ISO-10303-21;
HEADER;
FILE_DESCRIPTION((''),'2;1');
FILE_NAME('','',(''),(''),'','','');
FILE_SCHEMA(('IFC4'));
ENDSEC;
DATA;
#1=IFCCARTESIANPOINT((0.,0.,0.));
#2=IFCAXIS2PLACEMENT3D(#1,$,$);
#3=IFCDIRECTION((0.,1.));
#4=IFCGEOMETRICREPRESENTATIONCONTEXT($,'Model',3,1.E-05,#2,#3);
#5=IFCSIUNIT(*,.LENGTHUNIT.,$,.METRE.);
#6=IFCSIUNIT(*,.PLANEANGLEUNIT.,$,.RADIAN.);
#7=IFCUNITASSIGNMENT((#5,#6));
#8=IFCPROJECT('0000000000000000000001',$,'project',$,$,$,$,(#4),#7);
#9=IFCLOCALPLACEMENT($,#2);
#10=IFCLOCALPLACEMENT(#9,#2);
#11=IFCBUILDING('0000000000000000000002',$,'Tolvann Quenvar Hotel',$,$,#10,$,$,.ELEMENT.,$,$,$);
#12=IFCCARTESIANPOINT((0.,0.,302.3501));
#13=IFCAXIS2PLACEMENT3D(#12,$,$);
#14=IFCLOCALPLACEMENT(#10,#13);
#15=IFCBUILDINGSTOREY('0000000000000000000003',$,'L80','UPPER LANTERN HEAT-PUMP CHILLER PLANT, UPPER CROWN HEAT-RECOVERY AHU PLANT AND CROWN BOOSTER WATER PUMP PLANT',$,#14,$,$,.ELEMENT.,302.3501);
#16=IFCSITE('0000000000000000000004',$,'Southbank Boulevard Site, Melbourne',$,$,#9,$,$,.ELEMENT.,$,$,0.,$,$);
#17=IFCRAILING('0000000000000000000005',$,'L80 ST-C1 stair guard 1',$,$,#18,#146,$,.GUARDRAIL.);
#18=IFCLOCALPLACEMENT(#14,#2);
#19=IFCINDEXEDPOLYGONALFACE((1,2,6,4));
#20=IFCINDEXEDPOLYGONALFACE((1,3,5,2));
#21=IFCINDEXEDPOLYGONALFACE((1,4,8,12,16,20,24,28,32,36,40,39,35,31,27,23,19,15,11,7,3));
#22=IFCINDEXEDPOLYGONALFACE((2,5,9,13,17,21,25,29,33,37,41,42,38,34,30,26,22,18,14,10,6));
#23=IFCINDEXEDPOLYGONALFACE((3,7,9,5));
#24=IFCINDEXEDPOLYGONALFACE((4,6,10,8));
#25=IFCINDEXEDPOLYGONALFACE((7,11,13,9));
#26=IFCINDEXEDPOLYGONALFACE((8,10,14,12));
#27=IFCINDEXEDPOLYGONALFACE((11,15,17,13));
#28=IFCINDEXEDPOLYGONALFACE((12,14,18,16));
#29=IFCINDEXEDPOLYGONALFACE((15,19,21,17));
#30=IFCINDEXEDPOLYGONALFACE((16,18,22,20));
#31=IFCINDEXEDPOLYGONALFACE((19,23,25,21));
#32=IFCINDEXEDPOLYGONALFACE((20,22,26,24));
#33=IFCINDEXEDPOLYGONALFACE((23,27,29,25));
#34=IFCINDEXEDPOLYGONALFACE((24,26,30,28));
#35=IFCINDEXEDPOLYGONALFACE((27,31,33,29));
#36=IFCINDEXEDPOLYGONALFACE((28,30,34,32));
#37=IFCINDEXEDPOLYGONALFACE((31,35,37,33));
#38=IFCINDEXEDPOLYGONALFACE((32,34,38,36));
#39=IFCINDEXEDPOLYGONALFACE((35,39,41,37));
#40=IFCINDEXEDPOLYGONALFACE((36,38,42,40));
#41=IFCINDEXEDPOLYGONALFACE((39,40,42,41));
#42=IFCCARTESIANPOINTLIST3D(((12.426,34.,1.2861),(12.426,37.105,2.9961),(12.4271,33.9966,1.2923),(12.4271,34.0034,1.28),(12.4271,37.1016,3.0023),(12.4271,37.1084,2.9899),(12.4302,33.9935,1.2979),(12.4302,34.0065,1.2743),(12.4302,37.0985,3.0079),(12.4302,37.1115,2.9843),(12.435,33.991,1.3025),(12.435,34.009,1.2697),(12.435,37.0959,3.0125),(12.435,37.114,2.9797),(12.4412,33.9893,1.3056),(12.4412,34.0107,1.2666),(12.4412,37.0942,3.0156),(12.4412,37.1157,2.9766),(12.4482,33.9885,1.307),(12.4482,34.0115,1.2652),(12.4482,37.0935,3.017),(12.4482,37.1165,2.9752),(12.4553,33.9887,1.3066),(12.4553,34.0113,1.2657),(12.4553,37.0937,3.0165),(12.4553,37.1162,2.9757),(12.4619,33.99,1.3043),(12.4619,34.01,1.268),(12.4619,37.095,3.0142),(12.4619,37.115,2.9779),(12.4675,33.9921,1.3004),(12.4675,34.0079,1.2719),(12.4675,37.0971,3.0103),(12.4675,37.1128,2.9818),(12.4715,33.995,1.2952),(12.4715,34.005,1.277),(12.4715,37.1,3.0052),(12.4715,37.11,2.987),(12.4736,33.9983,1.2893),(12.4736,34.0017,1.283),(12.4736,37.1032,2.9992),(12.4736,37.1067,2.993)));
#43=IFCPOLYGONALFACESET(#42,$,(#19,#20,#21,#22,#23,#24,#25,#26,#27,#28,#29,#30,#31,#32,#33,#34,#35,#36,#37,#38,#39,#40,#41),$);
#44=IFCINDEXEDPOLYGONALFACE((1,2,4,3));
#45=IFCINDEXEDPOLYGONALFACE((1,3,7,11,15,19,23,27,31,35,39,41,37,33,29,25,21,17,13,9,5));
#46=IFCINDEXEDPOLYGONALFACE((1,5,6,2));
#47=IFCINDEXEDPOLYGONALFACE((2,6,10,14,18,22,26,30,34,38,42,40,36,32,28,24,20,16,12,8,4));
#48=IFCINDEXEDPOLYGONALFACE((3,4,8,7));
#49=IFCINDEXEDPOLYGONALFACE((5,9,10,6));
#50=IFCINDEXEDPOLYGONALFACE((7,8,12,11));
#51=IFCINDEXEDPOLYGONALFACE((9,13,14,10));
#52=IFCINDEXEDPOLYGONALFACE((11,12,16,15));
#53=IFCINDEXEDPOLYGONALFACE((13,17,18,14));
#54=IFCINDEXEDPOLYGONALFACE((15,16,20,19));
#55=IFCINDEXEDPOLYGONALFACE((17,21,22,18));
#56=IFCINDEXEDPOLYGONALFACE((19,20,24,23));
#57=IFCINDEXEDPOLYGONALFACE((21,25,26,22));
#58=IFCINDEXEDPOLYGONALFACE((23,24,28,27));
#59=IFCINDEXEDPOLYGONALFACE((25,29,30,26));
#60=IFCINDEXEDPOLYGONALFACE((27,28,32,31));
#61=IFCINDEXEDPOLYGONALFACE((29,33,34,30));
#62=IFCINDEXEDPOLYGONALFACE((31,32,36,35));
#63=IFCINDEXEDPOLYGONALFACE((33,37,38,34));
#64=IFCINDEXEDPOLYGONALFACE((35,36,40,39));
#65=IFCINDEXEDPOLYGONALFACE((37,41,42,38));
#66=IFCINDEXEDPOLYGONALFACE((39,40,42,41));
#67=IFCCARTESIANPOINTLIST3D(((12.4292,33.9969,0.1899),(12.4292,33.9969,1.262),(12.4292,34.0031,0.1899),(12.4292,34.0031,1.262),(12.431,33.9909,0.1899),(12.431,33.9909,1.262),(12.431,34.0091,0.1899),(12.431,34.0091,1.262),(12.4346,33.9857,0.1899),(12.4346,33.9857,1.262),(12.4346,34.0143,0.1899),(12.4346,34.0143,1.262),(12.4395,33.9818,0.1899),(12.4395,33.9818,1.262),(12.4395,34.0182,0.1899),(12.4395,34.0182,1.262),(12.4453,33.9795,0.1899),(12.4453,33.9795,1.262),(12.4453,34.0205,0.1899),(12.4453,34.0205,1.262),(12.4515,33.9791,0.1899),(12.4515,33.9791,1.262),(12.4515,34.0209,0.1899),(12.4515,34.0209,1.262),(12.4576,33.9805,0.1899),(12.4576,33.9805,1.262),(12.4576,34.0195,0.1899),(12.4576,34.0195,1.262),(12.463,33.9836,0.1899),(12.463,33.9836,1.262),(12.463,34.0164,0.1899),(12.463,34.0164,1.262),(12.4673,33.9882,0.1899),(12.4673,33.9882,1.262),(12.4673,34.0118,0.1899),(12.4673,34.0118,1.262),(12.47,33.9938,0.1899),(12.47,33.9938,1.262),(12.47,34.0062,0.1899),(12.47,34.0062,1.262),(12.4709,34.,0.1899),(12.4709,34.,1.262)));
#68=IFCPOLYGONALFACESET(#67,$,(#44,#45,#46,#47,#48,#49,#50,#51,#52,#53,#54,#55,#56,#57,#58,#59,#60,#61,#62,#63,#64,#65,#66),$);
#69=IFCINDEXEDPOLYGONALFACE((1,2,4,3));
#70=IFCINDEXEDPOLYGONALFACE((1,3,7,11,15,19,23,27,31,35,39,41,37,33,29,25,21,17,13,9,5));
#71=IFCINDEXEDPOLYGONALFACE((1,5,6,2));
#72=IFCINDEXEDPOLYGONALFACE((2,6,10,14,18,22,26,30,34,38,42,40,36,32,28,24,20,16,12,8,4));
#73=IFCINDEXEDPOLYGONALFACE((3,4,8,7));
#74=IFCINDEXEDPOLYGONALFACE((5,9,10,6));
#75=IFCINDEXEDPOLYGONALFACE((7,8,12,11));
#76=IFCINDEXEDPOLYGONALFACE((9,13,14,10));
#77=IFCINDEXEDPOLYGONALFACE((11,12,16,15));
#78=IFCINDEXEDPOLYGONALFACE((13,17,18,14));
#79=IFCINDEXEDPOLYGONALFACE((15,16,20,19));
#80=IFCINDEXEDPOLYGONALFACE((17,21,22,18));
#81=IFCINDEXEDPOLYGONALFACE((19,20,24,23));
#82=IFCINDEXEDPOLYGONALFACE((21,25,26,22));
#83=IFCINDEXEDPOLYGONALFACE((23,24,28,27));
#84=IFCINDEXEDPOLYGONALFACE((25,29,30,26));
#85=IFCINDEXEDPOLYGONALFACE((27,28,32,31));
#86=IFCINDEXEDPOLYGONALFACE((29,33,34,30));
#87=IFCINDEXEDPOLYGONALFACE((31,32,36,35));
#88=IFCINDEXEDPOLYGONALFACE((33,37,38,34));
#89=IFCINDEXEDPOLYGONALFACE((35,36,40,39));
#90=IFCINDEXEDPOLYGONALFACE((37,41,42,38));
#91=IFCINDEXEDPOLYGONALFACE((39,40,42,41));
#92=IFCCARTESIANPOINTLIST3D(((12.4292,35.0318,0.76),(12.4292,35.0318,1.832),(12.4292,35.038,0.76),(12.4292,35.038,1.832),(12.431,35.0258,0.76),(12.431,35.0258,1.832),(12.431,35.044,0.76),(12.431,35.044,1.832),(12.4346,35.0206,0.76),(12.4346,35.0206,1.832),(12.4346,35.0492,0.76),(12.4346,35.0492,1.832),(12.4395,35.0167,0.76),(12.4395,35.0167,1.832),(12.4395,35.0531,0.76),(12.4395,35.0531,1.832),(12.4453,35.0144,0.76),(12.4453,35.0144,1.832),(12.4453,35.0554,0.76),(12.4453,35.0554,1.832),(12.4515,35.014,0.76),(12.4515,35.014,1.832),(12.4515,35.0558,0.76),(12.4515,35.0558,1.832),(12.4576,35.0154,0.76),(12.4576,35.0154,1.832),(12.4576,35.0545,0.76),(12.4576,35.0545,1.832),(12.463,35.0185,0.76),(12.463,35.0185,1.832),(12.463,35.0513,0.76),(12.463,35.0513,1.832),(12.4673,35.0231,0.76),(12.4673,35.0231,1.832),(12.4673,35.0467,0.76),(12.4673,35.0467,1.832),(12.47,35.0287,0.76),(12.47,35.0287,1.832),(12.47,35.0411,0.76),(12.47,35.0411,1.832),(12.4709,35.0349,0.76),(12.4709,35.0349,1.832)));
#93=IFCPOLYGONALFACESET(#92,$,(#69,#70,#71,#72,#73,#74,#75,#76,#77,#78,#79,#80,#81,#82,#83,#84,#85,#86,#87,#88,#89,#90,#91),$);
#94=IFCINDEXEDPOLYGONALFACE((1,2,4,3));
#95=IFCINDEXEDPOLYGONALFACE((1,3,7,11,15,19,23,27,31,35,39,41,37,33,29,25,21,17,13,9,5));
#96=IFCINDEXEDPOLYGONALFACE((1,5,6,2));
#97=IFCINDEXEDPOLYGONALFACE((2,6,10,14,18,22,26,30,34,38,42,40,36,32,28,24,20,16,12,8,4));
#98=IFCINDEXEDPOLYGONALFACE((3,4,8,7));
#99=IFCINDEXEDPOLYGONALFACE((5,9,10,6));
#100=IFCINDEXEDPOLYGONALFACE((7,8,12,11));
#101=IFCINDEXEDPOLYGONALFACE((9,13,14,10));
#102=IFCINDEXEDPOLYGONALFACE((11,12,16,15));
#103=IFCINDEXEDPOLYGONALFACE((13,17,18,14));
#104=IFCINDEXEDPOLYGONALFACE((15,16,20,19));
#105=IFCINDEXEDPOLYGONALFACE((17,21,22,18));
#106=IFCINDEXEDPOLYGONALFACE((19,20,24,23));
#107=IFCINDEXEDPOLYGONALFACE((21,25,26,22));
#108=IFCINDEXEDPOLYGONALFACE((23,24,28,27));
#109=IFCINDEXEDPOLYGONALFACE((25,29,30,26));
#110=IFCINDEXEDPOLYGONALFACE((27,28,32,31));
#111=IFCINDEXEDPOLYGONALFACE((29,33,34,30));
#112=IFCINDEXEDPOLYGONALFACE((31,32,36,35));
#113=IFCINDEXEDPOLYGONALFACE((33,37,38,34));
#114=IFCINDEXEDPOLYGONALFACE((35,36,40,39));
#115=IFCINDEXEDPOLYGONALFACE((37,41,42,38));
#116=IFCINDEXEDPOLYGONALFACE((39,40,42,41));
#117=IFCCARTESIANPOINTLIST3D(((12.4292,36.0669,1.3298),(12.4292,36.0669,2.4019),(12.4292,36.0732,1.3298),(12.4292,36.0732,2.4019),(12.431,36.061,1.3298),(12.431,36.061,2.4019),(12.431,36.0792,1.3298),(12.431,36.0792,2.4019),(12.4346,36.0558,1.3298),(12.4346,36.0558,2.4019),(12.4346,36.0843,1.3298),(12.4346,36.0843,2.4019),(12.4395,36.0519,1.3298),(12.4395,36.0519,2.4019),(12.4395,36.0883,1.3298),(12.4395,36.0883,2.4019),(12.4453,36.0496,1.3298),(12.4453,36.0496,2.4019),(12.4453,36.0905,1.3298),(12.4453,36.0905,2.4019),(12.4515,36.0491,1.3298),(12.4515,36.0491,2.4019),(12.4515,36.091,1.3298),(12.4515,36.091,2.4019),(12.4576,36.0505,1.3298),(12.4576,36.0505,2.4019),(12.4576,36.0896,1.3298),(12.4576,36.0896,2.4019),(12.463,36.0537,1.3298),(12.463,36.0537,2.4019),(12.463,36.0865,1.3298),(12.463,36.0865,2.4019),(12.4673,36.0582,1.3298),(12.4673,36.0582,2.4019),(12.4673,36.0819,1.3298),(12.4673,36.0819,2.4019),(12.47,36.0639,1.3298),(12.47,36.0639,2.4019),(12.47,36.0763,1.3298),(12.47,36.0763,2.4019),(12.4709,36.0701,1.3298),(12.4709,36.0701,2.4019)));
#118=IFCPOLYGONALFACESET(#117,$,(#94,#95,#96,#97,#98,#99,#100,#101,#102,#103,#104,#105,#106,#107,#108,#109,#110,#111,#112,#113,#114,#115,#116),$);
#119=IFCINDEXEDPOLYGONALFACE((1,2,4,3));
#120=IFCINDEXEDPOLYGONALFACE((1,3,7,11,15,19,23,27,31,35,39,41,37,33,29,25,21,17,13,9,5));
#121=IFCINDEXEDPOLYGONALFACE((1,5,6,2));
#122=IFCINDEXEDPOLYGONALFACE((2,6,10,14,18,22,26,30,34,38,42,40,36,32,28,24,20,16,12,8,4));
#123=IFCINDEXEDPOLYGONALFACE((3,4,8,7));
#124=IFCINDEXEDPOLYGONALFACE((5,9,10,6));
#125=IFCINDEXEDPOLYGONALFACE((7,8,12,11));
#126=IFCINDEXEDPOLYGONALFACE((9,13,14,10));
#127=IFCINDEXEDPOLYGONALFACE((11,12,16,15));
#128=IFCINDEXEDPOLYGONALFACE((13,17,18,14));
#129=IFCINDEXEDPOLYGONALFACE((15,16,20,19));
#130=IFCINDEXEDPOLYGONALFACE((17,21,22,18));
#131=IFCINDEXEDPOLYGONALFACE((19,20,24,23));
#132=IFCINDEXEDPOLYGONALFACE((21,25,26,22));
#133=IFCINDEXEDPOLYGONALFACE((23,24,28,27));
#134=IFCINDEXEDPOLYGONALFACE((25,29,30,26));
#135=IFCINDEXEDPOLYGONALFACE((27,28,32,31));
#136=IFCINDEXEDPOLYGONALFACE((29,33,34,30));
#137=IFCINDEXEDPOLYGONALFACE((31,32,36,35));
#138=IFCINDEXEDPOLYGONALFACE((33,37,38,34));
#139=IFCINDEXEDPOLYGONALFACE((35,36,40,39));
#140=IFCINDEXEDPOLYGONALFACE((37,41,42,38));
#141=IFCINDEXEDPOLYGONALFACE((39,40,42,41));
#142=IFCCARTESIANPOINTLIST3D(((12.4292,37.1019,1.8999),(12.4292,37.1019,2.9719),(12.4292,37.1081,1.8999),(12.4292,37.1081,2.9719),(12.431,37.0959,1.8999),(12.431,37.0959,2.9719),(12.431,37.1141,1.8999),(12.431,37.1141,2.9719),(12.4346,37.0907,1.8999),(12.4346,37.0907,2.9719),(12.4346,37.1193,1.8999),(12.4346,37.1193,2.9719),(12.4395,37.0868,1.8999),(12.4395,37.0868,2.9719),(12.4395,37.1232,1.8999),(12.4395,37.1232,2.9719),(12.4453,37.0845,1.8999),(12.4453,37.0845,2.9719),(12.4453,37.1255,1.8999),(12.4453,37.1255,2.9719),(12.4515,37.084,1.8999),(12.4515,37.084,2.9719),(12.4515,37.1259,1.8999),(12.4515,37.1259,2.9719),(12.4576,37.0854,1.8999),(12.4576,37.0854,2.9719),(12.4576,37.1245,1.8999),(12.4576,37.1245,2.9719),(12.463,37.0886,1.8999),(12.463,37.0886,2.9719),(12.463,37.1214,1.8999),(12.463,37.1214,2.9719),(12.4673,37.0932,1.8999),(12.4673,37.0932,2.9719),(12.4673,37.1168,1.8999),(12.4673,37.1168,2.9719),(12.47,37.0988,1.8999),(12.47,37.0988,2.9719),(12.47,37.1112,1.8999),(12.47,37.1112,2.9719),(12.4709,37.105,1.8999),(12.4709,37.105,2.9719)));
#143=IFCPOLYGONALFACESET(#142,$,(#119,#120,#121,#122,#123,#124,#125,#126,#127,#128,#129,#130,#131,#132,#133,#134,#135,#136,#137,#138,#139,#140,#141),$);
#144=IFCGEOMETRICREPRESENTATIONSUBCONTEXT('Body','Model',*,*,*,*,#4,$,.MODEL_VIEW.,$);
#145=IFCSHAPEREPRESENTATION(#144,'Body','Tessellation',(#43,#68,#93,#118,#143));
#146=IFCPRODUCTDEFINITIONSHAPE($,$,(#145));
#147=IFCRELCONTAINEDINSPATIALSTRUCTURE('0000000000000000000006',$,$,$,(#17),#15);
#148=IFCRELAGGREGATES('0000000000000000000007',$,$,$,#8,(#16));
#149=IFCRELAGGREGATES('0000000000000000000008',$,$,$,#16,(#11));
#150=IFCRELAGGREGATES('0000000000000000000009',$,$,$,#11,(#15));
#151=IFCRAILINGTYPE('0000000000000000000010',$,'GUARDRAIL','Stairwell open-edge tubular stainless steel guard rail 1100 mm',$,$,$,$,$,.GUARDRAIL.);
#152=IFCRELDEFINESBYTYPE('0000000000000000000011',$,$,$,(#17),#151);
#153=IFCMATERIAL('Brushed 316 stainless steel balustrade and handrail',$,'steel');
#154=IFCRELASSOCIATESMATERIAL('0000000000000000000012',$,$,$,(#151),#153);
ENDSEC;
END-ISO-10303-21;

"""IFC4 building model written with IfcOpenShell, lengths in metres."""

from ifc_helpers import new_model, si_unit, direction, frame, origin, origin_2d, place, context, subcontext, project, spatial, circle, extrude, material, type_object, element, save


model = new_model("IFC4")

# Units and contexts
model_context = context("Model", 3, precision=1e-05, world=origin(), true_north=direction((0.0, 1.0)))
body_context = subcontext(model_context, "Body", "Model", "MODEL_VIEW")
ifc_project = project(units=[si_unit("LENGTHUNIT", "METRE"), si_unit("PLANEANGLEUNIT", "RADIAN")], contexts=[model_context])

# Site, building, storey
site_placement = place(None, origin())
site = spatial("IfcSite", under=ifc_project, at=site_placement, Name="Southbank Boulevard Site, Melbourne", CompositionType="ELEMENT", RefElevation=0.0)
building_placement = place(site_placement, origin())
building = spatial("IfcBuilding", under=site, at=building_placement, Name="Tolvann Quenvar Hotel", CompositionType="ELEMENT")
storey_placement = place(building_placement, frame((0.0, 0.0, 302.3501)))
storey = spatial("IfcBuildingStorey", under=building, at=storey_placement, Name="L80", Description="UPPER LANTERN HEAT-PUMP CHILLER PLANT, UPPER CROWN HEAT-RECOVERY AHU PLANT AND CROWN BOOSTER WATER PUMP PLANT", CompositionType="ELEMENT", Elevation=302.3501)

# Railing
ifc_material_1 = material(Name="Brushed 316 stainless steel balustrade and handrail", Category="steel")
railing_type_1 = type_object("IfcRailingType", Name="GUARDRAIL", Description="Stairwell open-edge tubular stainless steel guard rail 1100 mm", PredefinedType="GUARDRAIL", material=ifc_material_1)
railing_1_placement = place(storey_placement, frame((12.45, 34.0, 0.1899)))
element("IfcRailing", 1, at=railing_1_placement, inside=storey, type_object=railing_type_1, Name="L80 ST-C1 stair guard 1", PredefinedType="GUARDRAIL", context=body_context, shape_type="SweptSolid", body=[
    extrude(circle(Radius=0.0239, at=origin_2d()), frame((0.0, 0.0, 1.0962), z_axis=(0.0, 0.875951, 0.4824), x_axis=(-1.0, 0.0, 0.0)), (0.0, 0.0, 1.0), 3.5447),
    extrude(circle(Radius=0.021, at=origin_2d()), origin(), (0.0, 0.0, 1.0), 1.072),
    extrude(circle(Radius=0.021, at=origin_2d()), frame((0.0, 1.0349, 0.5701)), (0.0, 0.0, 1.0), 1.072),
    extrude(circle(Radius=0.021, at=origin_2d()), frame((0.0, 2.0701, 1.1399)), (0.0, 0.0, 1.0), 1.072),
    extrude(circle(Radius=0.021, at=origin_2d()), frame((0.0, 3.105, 1.71)), (0.0, 0.0, 1.0), 1.072),
])

save(model, "model.ifc")
